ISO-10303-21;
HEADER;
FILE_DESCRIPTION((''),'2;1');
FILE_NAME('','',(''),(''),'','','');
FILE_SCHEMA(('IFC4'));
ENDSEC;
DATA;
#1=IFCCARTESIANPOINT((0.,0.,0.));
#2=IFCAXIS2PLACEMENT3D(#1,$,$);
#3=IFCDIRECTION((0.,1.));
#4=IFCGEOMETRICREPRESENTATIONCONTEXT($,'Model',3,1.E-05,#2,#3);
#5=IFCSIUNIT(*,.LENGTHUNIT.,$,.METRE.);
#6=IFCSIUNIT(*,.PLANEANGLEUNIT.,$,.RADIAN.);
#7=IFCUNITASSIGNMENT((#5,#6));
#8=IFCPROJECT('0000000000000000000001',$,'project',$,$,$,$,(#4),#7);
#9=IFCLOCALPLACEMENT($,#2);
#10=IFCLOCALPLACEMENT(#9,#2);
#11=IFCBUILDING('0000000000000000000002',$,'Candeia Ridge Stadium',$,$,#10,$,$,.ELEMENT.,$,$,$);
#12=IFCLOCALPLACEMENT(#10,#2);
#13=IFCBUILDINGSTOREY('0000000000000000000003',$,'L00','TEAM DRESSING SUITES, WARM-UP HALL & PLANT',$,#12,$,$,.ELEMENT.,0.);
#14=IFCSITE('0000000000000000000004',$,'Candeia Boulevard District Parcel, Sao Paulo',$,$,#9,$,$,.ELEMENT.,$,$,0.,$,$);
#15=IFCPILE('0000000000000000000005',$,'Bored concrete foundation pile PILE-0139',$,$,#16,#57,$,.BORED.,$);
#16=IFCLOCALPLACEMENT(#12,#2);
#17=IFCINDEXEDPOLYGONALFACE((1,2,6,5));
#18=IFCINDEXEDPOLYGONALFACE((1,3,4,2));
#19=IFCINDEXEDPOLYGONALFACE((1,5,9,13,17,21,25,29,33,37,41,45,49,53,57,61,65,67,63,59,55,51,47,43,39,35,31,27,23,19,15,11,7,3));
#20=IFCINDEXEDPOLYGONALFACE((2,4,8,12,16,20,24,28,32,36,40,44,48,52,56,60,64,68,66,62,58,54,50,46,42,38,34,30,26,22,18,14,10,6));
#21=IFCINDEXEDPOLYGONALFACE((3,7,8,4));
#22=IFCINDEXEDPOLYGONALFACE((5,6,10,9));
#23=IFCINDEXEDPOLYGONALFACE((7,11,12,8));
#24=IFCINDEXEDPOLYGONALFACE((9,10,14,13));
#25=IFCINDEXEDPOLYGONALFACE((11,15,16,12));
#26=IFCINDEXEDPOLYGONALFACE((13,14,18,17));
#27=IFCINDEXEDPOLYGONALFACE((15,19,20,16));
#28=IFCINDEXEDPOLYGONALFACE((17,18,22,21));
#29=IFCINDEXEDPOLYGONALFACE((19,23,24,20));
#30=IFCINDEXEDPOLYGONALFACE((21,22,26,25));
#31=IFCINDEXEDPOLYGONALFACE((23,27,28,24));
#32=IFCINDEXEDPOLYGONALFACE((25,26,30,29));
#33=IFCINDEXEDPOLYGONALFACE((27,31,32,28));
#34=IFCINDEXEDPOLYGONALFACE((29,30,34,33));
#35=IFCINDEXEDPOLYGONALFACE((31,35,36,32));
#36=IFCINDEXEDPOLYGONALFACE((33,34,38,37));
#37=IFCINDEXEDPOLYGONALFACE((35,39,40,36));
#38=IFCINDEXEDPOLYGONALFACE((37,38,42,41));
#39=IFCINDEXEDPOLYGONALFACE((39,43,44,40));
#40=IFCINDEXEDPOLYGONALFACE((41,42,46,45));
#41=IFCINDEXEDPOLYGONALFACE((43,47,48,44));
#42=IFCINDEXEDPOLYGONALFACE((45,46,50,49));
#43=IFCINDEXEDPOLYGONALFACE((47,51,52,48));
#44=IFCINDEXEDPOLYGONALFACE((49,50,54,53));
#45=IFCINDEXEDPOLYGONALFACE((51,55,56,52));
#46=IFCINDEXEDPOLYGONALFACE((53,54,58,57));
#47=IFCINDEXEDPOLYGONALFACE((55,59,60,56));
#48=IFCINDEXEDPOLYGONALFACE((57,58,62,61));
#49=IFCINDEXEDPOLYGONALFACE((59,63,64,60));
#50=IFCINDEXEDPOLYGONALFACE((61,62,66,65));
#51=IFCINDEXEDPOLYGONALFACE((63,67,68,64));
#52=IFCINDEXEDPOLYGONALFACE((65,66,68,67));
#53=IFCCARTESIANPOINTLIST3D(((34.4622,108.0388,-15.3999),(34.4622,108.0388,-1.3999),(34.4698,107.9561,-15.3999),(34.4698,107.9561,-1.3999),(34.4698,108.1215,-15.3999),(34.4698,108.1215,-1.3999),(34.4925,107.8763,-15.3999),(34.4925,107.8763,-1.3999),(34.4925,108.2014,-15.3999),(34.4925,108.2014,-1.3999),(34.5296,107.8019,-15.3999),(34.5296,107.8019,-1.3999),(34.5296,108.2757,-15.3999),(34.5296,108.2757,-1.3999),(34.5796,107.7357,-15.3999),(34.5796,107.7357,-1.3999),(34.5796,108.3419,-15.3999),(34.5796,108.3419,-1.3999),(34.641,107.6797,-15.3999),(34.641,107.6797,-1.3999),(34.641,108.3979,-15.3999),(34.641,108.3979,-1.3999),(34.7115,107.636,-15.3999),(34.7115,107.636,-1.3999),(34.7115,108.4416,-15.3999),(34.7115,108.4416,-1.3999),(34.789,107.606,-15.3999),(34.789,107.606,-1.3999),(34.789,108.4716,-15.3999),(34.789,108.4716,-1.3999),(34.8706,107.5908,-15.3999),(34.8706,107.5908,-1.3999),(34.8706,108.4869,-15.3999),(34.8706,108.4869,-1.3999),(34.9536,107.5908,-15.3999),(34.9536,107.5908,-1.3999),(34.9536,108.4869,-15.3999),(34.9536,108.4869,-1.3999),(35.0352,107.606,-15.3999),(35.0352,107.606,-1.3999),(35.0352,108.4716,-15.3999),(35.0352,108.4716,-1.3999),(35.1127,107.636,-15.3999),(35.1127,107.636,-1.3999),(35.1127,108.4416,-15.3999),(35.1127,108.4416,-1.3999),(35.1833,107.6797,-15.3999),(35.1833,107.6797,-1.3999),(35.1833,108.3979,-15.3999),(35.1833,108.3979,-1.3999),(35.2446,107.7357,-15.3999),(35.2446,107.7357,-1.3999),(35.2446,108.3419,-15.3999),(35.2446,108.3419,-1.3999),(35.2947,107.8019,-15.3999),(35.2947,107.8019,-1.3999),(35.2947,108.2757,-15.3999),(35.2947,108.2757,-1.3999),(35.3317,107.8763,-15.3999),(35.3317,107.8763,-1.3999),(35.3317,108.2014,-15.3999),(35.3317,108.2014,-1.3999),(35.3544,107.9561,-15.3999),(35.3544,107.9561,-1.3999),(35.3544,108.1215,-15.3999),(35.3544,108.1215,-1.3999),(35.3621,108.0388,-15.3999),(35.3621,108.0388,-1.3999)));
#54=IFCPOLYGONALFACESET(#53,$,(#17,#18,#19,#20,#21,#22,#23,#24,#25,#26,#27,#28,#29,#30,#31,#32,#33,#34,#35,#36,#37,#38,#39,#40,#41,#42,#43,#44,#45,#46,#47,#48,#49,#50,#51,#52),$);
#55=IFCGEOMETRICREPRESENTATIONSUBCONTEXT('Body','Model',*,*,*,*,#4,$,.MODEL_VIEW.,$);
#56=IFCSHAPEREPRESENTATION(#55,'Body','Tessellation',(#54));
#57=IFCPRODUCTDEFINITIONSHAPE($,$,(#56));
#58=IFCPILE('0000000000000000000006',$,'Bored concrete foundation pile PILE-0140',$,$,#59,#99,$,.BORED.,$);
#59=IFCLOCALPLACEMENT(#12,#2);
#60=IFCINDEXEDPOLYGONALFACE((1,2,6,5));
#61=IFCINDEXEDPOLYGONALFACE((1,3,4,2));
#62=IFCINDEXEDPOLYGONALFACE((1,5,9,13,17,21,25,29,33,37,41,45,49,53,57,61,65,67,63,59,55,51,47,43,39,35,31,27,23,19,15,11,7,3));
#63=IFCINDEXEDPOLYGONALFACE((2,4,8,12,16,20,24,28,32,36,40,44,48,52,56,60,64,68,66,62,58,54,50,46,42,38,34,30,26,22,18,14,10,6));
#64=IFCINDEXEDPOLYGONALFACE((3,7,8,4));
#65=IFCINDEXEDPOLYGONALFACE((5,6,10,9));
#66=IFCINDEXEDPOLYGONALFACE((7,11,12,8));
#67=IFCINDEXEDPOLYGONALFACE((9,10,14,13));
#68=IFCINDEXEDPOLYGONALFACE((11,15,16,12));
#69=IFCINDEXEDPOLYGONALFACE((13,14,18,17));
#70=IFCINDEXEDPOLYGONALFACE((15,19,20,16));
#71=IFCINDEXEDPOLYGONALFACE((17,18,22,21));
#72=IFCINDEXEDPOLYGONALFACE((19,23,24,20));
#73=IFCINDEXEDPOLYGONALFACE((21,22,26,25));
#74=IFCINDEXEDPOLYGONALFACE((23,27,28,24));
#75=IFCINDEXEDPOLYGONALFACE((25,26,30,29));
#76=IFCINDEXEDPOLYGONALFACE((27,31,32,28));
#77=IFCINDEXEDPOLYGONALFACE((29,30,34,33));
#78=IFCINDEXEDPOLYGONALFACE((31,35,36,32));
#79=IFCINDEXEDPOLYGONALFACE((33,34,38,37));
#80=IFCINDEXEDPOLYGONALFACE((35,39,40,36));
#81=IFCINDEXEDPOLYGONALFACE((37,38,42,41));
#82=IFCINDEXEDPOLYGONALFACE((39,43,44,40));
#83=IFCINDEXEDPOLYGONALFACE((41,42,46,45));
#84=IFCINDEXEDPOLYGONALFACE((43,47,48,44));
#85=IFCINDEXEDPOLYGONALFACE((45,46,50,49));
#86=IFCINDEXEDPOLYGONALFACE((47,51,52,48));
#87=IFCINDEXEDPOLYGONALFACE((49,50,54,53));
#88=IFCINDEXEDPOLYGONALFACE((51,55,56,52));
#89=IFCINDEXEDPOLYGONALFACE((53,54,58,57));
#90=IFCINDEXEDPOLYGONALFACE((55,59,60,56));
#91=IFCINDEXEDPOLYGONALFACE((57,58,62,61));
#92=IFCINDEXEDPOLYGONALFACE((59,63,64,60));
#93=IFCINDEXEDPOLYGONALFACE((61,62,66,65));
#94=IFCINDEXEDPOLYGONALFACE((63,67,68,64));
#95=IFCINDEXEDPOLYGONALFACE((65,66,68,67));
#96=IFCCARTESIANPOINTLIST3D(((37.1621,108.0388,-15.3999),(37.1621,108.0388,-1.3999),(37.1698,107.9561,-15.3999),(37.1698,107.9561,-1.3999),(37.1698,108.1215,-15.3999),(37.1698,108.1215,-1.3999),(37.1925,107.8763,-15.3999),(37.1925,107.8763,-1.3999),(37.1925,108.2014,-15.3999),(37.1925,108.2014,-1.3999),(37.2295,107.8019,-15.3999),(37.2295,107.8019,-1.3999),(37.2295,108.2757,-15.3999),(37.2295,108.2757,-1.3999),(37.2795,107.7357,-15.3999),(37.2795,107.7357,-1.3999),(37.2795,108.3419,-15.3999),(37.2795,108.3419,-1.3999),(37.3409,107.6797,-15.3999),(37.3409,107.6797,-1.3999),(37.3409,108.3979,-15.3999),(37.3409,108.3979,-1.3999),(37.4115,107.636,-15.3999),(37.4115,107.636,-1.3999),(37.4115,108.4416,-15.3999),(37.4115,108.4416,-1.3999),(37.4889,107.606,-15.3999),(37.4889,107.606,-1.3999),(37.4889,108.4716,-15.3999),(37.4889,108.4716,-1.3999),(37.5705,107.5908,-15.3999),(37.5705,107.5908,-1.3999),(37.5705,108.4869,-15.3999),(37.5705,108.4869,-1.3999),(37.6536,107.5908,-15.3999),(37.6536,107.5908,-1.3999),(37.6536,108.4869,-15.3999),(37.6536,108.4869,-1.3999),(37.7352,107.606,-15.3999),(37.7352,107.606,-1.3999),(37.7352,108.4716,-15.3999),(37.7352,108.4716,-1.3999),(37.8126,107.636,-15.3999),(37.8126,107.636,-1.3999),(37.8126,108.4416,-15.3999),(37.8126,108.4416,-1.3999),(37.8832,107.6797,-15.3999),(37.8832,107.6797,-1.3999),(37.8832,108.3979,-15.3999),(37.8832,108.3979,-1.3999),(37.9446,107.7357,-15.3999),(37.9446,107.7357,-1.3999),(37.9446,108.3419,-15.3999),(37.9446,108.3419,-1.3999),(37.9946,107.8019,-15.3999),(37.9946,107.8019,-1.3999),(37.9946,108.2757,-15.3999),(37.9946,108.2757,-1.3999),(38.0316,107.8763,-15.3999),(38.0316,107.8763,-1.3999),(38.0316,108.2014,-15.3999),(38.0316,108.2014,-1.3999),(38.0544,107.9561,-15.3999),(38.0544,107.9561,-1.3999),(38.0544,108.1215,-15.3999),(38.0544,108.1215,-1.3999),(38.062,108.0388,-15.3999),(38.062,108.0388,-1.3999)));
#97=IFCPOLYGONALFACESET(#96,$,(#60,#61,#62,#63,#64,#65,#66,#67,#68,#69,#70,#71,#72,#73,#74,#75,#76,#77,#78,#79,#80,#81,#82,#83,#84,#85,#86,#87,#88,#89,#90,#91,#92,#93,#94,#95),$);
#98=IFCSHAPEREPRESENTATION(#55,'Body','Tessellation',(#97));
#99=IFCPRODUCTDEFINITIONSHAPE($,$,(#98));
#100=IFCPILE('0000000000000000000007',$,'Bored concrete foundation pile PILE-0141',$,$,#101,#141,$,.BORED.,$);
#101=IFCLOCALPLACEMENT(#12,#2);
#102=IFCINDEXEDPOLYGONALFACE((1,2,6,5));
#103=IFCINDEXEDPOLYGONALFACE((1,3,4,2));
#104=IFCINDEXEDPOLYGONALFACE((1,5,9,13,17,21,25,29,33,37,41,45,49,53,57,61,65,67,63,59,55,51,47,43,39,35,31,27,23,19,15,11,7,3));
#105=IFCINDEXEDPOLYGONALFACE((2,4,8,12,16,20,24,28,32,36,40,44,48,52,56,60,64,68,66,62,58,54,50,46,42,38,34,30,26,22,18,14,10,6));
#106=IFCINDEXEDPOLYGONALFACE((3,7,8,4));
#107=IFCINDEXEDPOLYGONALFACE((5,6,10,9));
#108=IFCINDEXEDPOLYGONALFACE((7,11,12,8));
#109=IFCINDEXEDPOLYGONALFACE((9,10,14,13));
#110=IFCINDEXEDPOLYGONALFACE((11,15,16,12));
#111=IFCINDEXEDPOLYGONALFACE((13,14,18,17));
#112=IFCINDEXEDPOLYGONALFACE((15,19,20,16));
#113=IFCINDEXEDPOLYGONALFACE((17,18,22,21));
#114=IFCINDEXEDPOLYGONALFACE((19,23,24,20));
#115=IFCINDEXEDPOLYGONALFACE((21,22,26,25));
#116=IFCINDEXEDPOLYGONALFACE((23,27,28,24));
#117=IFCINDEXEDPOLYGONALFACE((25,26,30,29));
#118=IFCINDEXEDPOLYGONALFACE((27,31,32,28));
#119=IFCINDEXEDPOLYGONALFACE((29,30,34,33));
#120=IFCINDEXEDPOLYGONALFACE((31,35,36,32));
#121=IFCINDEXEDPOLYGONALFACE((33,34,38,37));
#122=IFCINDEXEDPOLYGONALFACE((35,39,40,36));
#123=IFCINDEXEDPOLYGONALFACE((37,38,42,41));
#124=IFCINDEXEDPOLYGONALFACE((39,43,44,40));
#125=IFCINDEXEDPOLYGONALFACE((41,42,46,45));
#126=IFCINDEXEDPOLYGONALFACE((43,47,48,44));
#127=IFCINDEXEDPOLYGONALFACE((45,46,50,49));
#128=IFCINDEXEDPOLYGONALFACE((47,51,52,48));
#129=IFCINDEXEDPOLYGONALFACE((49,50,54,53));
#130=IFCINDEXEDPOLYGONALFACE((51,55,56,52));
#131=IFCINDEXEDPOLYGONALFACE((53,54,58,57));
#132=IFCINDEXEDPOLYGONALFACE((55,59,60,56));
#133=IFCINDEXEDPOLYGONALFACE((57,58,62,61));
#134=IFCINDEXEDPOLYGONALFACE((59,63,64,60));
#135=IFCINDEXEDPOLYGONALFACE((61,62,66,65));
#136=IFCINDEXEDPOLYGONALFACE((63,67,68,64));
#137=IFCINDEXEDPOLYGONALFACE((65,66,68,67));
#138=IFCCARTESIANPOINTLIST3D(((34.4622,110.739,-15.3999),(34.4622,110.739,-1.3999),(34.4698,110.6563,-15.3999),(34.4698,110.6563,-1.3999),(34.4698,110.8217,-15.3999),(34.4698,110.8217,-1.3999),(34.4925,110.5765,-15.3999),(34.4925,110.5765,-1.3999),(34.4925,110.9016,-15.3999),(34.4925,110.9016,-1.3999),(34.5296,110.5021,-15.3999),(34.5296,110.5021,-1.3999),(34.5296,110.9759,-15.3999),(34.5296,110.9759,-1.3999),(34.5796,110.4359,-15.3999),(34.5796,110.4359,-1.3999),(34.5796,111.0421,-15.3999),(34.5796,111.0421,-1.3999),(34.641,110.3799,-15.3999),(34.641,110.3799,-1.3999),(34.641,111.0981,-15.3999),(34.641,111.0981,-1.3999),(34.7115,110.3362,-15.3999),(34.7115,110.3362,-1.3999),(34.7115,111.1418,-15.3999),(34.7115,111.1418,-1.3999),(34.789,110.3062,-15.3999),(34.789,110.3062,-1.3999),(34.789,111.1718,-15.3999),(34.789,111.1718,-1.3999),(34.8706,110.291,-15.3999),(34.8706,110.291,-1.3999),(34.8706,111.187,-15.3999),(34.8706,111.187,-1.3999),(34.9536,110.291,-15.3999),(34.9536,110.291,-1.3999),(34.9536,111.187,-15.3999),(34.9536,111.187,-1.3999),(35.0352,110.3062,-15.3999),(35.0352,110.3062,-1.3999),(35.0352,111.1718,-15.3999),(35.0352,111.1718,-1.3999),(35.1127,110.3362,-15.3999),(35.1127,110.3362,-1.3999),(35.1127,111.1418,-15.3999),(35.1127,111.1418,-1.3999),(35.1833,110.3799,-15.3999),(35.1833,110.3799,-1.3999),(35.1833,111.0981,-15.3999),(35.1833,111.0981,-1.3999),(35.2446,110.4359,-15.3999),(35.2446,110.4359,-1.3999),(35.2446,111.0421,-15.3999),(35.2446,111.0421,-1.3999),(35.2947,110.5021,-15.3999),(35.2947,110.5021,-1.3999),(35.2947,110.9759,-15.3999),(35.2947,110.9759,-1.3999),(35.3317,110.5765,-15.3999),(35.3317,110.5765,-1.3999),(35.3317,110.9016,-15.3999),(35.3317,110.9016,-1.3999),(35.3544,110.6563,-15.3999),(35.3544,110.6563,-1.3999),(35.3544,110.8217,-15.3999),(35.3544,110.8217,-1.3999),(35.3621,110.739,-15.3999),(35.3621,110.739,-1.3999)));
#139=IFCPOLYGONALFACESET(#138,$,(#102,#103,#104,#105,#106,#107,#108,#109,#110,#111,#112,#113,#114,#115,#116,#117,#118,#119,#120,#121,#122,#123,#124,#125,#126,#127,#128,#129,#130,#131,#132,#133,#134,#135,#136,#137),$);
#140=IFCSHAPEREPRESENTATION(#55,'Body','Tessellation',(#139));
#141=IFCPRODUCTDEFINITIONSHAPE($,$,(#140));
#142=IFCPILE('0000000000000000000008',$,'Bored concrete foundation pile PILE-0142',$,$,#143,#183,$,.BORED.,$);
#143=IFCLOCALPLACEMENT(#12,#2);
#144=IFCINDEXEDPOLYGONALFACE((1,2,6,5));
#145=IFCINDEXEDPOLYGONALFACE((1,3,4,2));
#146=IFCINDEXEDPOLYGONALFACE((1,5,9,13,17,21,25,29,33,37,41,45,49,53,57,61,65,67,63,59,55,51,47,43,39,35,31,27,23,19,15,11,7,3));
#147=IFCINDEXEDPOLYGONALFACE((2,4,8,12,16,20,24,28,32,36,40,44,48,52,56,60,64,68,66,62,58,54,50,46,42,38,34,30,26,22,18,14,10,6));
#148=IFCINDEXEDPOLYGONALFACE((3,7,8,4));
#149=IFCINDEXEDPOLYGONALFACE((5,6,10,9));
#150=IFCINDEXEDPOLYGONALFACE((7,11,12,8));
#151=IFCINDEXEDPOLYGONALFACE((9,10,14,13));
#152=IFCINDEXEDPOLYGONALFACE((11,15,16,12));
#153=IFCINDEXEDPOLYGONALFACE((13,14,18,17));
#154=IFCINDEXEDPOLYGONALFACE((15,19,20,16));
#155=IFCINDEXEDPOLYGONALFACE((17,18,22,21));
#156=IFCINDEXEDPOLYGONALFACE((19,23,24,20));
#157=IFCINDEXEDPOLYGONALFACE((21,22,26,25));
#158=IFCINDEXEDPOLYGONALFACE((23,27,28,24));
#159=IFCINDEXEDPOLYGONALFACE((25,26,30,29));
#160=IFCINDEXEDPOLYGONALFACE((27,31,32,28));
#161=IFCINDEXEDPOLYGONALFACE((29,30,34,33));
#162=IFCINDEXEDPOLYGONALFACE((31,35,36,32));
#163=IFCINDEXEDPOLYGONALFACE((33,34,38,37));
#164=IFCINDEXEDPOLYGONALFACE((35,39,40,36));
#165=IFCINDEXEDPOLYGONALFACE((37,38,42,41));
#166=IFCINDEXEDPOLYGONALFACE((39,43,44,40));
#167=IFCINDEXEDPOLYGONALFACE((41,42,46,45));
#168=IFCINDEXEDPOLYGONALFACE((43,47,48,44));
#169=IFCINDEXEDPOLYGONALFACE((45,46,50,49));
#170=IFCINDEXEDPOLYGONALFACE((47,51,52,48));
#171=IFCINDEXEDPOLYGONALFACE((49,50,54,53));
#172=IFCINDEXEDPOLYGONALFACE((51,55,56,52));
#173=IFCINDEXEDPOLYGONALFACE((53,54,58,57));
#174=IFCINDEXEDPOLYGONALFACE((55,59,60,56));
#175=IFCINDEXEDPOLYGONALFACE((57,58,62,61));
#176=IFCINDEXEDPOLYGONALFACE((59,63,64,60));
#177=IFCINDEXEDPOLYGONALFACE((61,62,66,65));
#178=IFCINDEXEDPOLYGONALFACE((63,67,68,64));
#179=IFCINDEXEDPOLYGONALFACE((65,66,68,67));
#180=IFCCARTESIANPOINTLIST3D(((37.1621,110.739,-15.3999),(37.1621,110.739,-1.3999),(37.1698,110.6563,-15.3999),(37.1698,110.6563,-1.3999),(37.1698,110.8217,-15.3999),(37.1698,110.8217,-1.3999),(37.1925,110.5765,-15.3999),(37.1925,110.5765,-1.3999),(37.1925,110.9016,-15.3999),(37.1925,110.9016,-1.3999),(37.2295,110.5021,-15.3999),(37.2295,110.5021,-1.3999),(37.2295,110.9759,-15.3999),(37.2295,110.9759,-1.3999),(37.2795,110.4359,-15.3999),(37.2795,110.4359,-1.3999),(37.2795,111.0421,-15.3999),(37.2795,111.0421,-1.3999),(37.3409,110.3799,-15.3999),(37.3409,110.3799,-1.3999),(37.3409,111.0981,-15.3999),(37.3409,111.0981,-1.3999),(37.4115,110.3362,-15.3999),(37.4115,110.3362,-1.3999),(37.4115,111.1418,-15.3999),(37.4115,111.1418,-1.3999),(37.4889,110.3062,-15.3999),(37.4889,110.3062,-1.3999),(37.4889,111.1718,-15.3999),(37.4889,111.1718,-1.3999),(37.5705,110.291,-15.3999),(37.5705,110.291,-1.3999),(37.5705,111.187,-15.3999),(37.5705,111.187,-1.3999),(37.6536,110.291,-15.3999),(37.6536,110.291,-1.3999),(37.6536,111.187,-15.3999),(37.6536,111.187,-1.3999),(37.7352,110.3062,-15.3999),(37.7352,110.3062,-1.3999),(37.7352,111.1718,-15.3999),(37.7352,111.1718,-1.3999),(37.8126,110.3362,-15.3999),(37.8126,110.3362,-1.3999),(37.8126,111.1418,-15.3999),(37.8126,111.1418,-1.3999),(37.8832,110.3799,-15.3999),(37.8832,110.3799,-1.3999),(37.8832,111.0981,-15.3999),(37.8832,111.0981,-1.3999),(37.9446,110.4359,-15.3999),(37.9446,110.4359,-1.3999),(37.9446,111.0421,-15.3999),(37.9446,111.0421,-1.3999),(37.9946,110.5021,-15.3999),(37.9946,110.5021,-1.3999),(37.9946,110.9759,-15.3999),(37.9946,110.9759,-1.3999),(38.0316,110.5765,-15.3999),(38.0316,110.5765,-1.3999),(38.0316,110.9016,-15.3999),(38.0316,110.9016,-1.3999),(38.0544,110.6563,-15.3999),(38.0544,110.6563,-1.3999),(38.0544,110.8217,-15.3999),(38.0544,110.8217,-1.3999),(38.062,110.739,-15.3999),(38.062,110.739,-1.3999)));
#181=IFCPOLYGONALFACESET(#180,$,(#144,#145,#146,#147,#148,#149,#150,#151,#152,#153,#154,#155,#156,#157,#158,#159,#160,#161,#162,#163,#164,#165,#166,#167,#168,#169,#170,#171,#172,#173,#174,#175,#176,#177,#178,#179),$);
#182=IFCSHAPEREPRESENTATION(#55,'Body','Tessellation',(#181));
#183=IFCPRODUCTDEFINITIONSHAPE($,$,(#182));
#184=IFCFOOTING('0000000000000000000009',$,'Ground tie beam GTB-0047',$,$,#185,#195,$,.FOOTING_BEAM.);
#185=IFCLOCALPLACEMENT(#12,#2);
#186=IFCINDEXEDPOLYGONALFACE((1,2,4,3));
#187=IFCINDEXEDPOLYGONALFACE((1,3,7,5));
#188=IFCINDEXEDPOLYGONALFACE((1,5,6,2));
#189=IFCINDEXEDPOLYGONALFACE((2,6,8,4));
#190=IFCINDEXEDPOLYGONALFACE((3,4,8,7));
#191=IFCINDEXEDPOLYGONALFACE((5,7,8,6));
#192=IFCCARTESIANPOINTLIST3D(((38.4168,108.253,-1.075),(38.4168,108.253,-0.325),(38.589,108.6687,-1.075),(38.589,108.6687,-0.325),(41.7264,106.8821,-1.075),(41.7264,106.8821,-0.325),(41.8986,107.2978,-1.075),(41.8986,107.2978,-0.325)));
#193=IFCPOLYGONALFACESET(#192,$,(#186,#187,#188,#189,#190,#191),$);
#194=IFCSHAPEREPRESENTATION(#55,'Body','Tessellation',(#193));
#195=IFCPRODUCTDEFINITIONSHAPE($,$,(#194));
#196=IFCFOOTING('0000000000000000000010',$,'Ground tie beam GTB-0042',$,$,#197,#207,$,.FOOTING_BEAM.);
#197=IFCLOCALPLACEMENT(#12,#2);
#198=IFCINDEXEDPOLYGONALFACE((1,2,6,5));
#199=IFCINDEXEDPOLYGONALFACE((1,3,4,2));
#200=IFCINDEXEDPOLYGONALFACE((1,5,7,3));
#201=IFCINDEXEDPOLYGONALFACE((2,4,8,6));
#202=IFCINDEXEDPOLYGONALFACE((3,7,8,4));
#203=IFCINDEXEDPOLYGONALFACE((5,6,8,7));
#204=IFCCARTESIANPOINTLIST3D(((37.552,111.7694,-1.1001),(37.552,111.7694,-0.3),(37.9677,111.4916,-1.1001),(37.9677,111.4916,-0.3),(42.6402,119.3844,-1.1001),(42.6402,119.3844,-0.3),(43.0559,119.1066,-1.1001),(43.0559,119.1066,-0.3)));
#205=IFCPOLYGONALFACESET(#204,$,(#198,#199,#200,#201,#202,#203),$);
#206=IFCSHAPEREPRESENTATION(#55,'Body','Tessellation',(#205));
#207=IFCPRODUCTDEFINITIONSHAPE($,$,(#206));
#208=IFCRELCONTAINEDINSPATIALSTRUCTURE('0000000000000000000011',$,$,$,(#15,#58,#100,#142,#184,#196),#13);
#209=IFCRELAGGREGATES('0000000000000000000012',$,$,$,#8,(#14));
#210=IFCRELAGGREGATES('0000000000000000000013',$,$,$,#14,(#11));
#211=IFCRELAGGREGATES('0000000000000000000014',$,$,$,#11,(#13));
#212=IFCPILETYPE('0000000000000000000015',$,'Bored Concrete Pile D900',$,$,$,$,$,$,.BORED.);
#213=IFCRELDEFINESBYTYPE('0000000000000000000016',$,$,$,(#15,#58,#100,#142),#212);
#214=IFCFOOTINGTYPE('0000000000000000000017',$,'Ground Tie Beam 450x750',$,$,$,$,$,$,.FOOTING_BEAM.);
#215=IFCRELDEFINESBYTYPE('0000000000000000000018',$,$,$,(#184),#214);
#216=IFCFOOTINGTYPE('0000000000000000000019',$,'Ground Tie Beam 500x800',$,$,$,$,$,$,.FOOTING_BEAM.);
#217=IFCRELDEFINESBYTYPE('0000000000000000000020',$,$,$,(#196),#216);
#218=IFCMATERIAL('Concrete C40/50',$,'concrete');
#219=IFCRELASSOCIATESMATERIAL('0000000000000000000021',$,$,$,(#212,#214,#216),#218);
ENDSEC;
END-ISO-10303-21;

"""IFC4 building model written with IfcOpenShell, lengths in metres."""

from ifc_helpers import new_model, si_unit, direction, frame, origin, origin_2d, place, context, subcontext, project, spatial, rectangle, circle, extrude, material, material_profile, profile_set, type_object, element, save


model = new_model("IFC4")

# Units and contexts
model_context = context("Model", 3, precision=1e-05, world=origin(), true_north=direction((0.0, 1.0)))
body_context = subcontext(model_context, "Body", "Model", "MODEL_VIEW")
ifc_project = project(units=[si_unit("LENGTHUNIT", "METRE"), si_unit("PLANEANGLEUNIT", "RADIAN")], contexts=[model_context])

# Site, building, storey
site_placement = place(None, origin())
site = spatial("IfcSite", under=ifc_project, at=site_placement, Name="Candeia Boulevard District Parcel, Sao Paulo", CompositionType="ELEMENT", RefElevation=0.0)
building_placement = place(site_placement, origin())
building = spatial("IfcBuilding", under=site, at=building_placement, Name="Candeia Ridge Stadium", CompositionType="ELEMENT")
storey_placement = place(building_placement, origin())
storey = spatial("IfcBuildingStorey", under=building, at=storey_placement, Name="L00", Description="TEAM DRESSING SUITES, WARM-UP HALL & PLANT", CompositionType="ELEMENT", Elevation=0.0)

# Piles
ifc_material_1 = material(Name="Concrete C40/50", Category="concrete")
ifc_material_profile_1 = material_profile(ifc_material_1, circle(Radius=0.45, at=origin_2d()), Name="PILE-D900", Category="concrete")
ifc_profile_set_1 = profile_set([ifc_material_profile_1], Name="Concrete C40/50")
pile_type_1 = type_object("IfcPileType", Name="Bored Concrete Pile D900", PredefinedType="BORED", material=ifc_profile_set_1)
for number, where, z_axis, x_axis, name in (
    (1, (34.9121, 108.0388, -1.3999), (0.0, 0.0, -1.0), (1.0, 0.0, 0.0), "Bored concrete foundation pile PILE-0139"),
    (2, (37.6121, 108.0388, -1.3999), (0.0, 0.0, -1.0), (1.0, 0.0, 0.0), "Bored concrete foundation pile PILE-0140"),
    (3, (34.9121, 110.739, -1.3999), (0.0, 0.0, -1.0), (1.0, 0.0, 0.0), "Bored concrete foundation pile PILE-0141"),
    (4, (37.6121, 110.739, -1.3999), (0.0, 0.0, -1.0), (1.0, 0.0, 0.0), "Bored concrete foundation pile PILE-0142"),
):
    element("IfcPile", number, at=place(storey_placement, frame(where, z_axis=z_axis, x_axis=x_axis)), inside=storey, type_object=pile_type_1, Name=name, PredefinedType="BORED", context=body_context, shape_type="SweptSolid", body=[
        extrude(circle(Radius=0.45, at=origin_2d()), origin(), (0.0, 0.0, 1.0), 14.0),
    ])

# Footings
footing_type_1 = type_object("IfcFootingType", Name="Ground Tie Beam 450x750", PredefinedType="FOOTING_BEAM", material=ifc_material_1)
footing_1_placement = place(storey_placement, frame((40.1577, 107.7754, -1.075), z_axis=(0.0, 0.0, 1.0), x_axis=(-0.923883, 0.382674, 0.0)))
element("IfcFooting", 5, at=footing_1_placement, inside=storey, type_object=footing_type_1, Name="Ground tie beam GTB-0047", PredefinedType="FOOTING_BEAM", context=body_context, shape_type="SweptSolid", body=[
    extrude(rectangle(XDim=3.5823, YDim=0.45, at=origin_2d()), origin(), (0.0, 0.0, 1.0), 0.75),
])
footing_type_2 = type_object("IfcFootingType", Name="Ground Tie Beam 500x800", PredefinedType="FOOTING_BEAM", material=ifc_material_1)
footing_2_placement = place(storey_placement, frame((40.304, 115.438, -1.1001), z_axis=(0.0, 0.0, 1.0), x_axis=(-0.555569, -0.83147, 0.0)))
element("IfcFooting", 6, at=footing_2_placement, inside=storey, type_object=footing_type_2, Name="Ground tie beam GTB-0042", PredefinedType="FOOTING_BEAM", context=body_context, shape_type="SweptSolid", body=[
    extrude(rectangle(XDim=9.1584, YDim=0.5, at=origin_2d()), origin(), (0.0, 0.0, 1.0), 0.8),
])

save(model, "model.ifc")
